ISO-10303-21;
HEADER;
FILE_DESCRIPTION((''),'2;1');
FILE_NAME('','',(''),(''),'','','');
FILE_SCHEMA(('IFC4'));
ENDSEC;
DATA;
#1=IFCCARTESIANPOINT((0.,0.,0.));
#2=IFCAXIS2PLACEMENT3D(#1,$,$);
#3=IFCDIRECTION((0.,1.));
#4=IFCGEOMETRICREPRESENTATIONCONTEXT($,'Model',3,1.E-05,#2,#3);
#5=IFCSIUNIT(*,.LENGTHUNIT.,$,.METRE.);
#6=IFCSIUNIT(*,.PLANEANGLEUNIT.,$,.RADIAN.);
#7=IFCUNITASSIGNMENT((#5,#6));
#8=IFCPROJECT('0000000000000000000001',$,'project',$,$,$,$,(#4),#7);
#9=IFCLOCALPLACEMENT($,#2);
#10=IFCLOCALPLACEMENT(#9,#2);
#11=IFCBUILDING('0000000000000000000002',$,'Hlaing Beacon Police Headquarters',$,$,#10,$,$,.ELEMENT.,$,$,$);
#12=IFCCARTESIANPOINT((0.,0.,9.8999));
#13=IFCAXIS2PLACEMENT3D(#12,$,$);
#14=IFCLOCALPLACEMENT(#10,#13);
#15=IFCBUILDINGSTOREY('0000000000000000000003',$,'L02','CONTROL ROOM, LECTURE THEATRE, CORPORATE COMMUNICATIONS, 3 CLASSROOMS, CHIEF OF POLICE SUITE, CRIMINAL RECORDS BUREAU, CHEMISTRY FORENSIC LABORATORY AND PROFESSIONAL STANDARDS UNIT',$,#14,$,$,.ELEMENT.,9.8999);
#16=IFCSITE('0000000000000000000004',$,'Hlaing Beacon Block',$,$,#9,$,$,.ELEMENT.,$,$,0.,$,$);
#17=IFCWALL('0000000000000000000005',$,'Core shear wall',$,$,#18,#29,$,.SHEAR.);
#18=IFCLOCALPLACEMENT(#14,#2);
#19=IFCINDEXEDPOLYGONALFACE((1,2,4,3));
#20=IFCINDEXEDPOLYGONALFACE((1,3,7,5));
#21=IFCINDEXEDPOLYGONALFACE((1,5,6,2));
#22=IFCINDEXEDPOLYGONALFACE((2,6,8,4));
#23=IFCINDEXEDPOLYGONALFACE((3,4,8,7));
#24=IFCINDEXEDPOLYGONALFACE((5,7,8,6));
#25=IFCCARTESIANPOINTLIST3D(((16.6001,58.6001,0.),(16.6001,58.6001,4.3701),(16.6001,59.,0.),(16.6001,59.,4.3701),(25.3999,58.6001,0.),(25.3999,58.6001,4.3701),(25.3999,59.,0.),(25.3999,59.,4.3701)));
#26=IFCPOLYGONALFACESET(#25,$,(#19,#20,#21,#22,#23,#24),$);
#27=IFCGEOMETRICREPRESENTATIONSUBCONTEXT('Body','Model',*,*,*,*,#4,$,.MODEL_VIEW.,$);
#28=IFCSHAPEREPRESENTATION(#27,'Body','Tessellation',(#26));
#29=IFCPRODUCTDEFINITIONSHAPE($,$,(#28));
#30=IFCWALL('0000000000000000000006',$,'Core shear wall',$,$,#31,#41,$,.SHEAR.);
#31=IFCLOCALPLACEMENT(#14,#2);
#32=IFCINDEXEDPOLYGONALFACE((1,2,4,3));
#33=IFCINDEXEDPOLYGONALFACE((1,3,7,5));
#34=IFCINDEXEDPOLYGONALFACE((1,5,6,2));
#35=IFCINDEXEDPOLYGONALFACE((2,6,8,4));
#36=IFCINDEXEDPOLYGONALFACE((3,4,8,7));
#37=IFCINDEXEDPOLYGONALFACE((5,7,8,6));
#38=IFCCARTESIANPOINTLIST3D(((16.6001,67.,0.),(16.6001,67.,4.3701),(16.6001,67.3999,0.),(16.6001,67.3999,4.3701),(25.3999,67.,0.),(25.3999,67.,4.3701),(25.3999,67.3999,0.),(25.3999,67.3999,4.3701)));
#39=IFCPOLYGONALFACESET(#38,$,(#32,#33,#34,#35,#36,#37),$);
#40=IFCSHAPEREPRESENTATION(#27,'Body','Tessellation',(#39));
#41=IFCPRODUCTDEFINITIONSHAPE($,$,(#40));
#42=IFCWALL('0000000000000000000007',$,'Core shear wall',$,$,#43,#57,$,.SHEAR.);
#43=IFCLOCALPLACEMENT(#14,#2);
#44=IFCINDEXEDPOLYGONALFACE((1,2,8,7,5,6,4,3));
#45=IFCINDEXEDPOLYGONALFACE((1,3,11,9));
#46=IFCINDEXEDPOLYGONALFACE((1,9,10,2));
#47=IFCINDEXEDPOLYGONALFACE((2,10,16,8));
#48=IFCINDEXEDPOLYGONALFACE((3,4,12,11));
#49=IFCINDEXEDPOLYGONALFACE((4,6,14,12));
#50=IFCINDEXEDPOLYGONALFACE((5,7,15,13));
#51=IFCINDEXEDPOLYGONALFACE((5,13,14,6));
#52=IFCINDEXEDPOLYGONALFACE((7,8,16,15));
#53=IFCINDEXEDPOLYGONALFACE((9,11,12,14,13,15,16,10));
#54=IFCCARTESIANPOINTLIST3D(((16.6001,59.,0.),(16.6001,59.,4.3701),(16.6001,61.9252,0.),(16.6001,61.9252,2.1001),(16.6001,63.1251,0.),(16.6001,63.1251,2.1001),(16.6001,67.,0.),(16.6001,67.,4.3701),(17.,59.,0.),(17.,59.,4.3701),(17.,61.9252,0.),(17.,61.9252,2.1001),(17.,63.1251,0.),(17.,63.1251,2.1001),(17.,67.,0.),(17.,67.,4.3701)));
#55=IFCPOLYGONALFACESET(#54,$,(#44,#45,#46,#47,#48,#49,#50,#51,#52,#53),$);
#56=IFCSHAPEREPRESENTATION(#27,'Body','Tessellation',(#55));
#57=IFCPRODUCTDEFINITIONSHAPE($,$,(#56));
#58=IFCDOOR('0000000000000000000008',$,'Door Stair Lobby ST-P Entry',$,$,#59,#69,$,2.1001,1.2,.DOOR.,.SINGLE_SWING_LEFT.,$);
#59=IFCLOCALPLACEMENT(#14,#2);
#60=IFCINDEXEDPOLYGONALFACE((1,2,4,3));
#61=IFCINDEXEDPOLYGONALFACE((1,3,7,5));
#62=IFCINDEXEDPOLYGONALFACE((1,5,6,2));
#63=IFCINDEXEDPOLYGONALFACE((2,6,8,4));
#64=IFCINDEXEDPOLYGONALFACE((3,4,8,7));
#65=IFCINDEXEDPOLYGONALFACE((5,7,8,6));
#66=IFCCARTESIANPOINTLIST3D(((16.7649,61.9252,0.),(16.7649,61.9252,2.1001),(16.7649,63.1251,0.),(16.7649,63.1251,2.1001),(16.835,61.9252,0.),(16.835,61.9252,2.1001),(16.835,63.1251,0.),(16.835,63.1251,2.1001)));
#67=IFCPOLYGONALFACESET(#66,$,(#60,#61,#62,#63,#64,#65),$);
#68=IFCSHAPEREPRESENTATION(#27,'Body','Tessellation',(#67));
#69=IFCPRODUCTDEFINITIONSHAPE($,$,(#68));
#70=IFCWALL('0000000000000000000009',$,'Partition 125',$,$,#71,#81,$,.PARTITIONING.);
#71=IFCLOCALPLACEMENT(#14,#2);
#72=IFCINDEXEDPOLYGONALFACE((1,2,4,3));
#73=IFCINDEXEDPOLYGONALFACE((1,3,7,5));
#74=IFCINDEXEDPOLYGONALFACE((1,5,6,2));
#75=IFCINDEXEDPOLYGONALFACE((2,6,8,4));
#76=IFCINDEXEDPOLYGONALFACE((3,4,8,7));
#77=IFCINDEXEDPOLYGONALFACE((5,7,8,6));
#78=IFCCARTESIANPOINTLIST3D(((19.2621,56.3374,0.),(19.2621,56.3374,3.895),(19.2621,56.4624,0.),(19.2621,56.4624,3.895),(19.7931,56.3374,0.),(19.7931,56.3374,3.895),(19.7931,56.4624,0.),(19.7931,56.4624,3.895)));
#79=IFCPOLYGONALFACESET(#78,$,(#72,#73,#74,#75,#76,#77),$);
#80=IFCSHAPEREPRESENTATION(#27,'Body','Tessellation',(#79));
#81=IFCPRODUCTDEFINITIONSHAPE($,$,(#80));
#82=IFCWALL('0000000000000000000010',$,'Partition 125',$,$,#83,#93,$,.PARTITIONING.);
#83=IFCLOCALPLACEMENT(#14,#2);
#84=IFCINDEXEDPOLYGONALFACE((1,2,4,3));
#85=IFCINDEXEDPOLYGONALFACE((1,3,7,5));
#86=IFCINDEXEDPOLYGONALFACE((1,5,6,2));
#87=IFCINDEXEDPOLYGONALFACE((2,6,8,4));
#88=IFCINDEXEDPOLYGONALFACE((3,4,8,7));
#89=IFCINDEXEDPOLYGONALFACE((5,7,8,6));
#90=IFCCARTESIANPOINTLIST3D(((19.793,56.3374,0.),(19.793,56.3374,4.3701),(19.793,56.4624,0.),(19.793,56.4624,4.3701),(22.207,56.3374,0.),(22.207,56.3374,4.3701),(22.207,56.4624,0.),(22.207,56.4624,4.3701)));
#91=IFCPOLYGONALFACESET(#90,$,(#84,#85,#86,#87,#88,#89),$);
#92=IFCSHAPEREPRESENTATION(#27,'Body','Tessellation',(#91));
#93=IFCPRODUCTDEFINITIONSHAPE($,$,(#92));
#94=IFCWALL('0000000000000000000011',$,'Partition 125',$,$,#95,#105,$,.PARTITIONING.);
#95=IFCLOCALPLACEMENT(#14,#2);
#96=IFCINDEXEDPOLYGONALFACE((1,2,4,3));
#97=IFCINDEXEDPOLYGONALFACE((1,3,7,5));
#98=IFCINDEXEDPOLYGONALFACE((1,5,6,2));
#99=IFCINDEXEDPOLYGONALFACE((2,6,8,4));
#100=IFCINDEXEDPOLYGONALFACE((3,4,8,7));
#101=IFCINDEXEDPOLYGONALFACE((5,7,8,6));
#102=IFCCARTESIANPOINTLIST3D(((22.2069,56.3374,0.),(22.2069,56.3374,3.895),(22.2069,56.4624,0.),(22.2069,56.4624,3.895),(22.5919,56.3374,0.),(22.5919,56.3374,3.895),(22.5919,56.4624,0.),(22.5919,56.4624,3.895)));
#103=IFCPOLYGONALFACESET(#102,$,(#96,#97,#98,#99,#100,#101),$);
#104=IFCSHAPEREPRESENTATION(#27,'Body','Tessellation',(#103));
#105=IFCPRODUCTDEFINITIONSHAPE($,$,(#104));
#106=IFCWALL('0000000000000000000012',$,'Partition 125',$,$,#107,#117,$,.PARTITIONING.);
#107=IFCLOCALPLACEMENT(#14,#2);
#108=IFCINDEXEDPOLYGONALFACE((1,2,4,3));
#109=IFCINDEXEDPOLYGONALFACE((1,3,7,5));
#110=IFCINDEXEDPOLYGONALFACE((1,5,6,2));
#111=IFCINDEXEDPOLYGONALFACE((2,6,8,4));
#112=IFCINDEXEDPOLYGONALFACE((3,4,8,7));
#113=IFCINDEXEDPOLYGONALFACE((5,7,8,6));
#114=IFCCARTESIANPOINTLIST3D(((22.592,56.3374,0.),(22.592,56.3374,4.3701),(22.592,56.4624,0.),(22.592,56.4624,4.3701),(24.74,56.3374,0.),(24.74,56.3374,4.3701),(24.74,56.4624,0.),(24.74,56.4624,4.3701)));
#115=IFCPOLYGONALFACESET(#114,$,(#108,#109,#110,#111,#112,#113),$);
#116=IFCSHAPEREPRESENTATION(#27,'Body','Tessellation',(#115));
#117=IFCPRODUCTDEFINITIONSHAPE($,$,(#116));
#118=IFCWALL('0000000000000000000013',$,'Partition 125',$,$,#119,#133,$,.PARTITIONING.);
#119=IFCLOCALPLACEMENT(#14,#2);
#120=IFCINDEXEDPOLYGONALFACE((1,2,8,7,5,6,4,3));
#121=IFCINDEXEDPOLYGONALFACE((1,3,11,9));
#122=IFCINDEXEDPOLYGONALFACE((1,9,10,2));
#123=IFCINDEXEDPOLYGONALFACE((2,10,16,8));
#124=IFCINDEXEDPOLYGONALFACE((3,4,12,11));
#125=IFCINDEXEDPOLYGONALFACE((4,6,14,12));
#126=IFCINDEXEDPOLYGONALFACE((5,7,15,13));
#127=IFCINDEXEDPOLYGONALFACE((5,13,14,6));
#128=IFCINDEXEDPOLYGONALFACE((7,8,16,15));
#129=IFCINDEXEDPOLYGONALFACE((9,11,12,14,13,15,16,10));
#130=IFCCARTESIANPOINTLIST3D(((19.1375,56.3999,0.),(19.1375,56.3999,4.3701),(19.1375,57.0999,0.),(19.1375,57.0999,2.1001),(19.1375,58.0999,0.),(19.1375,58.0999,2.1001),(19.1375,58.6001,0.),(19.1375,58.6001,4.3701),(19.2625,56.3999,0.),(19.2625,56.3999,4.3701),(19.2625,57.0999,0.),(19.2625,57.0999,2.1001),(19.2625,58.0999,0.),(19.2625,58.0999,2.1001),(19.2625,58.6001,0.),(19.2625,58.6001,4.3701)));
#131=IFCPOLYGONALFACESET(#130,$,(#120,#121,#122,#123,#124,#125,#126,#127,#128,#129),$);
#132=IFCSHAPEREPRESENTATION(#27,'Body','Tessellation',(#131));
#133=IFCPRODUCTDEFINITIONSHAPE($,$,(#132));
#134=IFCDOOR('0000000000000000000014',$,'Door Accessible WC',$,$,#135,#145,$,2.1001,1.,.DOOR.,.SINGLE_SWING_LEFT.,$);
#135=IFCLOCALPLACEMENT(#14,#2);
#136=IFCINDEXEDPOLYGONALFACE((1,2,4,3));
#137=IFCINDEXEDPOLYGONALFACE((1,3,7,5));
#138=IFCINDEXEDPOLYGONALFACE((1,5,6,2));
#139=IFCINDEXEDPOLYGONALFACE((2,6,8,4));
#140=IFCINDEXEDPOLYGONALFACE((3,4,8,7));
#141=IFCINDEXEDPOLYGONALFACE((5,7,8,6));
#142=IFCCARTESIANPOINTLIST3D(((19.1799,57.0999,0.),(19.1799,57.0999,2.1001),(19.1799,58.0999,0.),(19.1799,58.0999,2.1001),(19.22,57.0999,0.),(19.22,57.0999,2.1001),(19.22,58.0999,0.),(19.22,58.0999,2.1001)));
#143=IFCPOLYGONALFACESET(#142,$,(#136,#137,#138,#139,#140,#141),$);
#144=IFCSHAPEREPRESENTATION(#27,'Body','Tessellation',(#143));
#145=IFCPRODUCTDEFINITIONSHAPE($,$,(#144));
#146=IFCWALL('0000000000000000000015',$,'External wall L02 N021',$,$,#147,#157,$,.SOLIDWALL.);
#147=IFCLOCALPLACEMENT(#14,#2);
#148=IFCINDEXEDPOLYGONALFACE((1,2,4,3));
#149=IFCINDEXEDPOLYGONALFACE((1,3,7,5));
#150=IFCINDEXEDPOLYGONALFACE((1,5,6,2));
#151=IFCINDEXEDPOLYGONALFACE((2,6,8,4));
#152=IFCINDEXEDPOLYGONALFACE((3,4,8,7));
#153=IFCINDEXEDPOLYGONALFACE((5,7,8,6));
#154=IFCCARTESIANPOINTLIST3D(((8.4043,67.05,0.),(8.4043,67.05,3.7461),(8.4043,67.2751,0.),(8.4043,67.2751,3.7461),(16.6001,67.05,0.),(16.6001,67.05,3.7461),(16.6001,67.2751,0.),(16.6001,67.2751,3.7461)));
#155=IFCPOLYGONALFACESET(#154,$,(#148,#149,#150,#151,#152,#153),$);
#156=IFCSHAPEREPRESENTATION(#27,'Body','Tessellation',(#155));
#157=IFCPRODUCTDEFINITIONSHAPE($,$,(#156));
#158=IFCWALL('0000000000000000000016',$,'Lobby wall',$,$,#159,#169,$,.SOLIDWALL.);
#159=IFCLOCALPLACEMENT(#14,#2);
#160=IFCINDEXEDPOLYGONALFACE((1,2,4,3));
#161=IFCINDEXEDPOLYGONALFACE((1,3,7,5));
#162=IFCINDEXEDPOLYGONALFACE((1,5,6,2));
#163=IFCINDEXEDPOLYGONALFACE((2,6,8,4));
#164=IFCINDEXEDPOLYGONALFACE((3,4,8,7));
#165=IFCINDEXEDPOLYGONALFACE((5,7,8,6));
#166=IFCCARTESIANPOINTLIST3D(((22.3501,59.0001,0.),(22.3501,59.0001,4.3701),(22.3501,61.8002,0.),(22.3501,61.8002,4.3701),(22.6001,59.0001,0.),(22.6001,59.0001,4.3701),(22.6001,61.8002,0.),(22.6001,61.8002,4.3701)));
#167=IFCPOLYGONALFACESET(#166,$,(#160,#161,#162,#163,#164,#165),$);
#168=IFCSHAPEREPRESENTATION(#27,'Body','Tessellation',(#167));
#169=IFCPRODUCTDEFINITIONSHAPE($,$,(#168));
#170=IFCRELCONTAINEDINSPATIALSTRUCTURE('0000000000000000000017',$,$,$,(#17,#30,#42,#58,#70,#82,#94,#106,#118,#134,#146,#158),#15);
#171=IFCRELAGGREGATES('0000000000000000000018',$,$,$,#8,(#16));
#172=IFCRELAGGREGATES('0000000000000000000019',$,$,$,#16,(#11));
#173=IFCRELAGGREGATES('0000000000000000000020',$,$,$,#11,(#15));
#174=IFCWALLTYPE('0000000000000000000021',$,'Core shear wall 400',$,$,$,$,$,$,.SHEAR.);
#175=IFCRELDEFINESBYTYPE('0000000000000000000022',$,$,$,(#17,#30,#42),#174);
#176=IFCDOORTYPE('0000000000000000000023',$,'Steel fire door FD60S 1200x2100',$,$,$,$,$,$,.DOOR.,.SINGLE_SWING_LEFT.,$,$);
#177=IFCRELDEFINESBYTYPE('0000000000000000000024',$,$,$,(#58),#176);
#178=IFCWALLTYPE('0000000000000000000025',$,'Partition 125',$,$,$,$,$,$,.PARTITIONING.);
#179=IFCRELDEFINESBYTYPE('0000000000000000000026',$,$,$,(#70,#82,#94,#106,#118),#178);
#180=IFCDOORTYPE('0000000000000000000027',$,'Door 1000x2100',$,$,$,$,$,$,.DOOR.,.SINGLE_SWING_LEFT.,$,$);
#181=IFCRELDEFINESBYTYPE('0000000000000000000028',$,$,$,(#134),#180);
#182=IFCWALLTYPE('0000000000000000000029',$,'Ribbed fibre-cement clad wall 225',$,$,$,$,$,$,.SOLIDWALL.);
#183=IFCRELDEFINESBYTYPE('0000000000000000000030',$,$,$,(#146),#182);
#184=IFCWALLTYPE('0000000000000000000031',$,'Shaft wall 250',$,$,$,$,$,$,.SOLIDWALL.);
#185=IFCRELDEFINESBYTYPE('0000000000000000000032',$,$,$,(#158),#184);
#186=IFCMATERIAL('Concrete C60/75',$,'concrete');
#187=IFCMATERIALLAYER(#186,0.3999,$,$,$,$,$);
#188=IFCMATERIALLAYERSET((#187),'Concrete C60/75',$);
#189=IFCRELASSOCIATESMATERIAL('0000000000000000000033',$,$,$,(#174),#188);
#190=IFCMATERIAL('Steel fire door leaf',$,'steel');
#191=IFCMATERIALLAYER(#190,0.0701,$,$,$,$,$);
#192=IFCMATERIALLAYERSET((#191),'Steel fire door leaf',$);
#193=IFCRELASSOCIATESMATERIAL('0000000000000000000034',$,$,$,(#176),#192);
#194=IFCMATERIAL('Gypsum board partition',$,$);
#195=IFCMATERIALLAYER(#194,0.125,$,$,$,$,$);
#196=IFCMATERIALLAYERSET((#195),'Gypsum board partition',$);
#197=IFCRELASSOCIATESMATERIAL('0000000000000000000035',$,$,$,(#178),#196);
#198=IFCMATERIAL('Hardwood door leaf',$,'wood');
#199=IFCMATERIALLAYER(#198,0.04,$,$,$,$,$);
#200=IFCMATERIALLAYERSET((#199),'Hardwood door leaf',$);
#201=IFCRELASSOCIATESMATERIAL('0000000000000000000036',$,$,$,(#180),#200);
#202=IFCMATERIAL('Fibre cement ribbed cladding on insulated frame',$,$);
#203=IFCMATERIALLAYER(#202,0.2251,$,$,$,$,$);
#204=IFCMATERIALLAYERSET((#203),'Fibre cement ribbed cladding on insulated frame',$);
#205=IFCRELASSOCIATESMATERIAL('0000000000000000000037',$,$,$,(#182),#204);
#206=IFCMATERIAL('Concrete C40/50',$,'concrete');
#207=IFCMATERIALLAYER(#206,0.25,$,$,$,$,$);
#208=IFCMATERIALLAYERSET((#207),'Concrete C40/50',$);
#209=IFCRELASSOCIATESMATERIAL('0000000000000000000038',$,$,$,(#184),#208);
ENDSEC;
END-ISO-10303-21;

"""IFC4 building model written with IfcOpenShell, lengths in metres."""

from ifc_helpers import new_model, si_unit, direction, frame, frame_2d, origin, place, context, subcontext, project, spatial, rectangle, extrude, material, layer, layer_set, type_object, element, fill, save


model = new_model("IFC4")

# Units and contexts
model_context = context("Model", 3, precision=1e-05, world=origin(), true_north=direction((0.0, 1.0)))
body_context = subcontext(model_context, "Body", "Model", "MODEL_VIEW")
ifc_project = project(units=[si_unit("LENGTHUNIT", "METRE"), si_unit("PLANEANGLEUNIT", "RADIAN")], contexts=[model_context])

# Site, building, storey
site_placement = place(None, origin())
site = spatial("IfcSite", under=ifc_project, at=site_placement, Name="Hlaing Beacon Block", CompositionType="ELEMENT", RefElevation=0.0)
building_placement = place(site_placement, origin())
building = spatial("IfcBuilding", under=site, at=building_placement, Name="Hlaing Beacon Police Headquarters", CompositionType="ELEMENT")
storey_placement = place(building_placement, frame((0.0, 0.0, 9.8999)))
storey = spatial("IfcBuildingStorey", under=building, at=storey_placement, Name="L02", Description="CONTROL ROOM, LECTURE THEATRE, CORPORATE COMMUNICATIONS, 3 CLASSROOMS, CHIEF OF POLICE SUITE, CRIMINAL RECORDS BUREAU, CHEMISTRY FORENSIC LABORATORY AND PROFESSIONAL STANDARDS UNIT", CompositionType="ELEMENT", Elevation=9.8999)

# Walls
ifc_material_1 = material(Name="Concrete C60/75", Category="concrete")
ifc_layer_1 = layer(ifc_material_1, 0.3999)
ifc_layer_set_1 = layer_set([ifc_layer_1], Name="Concrete C60/75")
wall_type_1 = type_object("IfcWallType", Name="Core shear wall 400", PredefinedType="SHEAR", material=ifc_layer_set_1)
for number, where, z_axis, x_axis, name in (
    (1, (16.6001, 58.8, 0.0), (0.0, 0.0, 1.0), (1.0, 0.0, 0.0), "Core shear wall"),
    (2, (16.6001, 67.2, 0.0), (0.0, 0.0, 1.0), (1.0, 0.0, 0.0), "Core shear wall"),
):
    element("IfcWall", number, at=place(storey_placement, frame(where, z_axis=z_axis, x_axis=x_axis)), inside=storey, type_object=wall_type_1, Name=name, PredefinedType="SHEAR", context=body_context, shape_type="SweptSolid", body=[
        extrude(rectangle(XDim=8.7998, YDim=0.3999, at=frame_2d((4.3999, 0.0))), origin(), (0.0, 0.0, 1.0), 4.3701),
    ])

# Wall, opening, door
wall_1_placement = place(storey_placement, frame((16.8, 59.0, 0.0), z_axis=(0.0, 0.0, 1.0), x_axis=(0.0, 1.0, 0.0)))
wall_1 = element("IfcWall", 3, at=wall_1_placement, inside=storey, type_object=wall_type_1, Name="Core shear wall", PredefinedType="SHEAR", context=body_context, shape_type="SweptSolid", body=[
    extrude(rectangle(XDim=8.0, YDim=0.3999, at=frame_2d((4.0, 0.0))), origin(), (0.0, 0.0, 1.0), 4.3701),
])
opening_1_placement = place(wall_1_placement, frame((2.925, 0.0, 0.0)))
opening_1 = element("IfcOpeningElement", 4, at=opening_1_placement, cuts=wall_1, PredefinedType="OPENING", context=body_context, shape_type="SweptSolid", body=[
    extrude(rectangle(XDim=1.2, YDim=2.1001, at=frame_2d((0.6001, 1.05))), frame((0.0, 0.21, 0.0), z_axis=(0.0, -1.0, 0.0), x_axis=(1.0, 0.0, 0.0)), (0.0, 0.0, 1.0), 0.4199),
])
ifc_material_2 = material(Name="Steel fire door leaf", Category="steel")
ifc_layer_2 = layer(ifc_material_2, 0.0701)
ifc_layer_set_2 = layer_set([ifc_layer_2], Name="Steel fire door leaf")
door_type_1 = type_object("IfcDoorType", Name="Steel fire door FD60S 1200x2100", OperationType="SINGLE_SWING_LEFT", PredefinedType="DOOR", material=ifc_layer_set_2)
door_1_placement = place(opening_1_placement, frame((1.2, 0.0, 0.0), z_axis=(0.0, 0.0, 1.0), x_axis=(-1.0, 0.0, 0.0)))
door_1 = element("IfcDoor", 5, at=door_1_placement, inside=storey, type_object=door_type_1, Name="Door Stair Lobby ST-P Entry", OperationType="SINGLE_SWING_LEFT", OverallHeight=2.1001, OverallWidth=1.2, PredefinedType="DOOR", context=body_context, shape_type="SweptSolid", body=[
    extrude(rectangle(XDim=1.2, YDim=2.1001, at=frame_2d((0.5999, 1.05))), frame((0.0, 0.0349, 0.0), z_axis=(0.0, -1.0, 0.0), x_axis=(1.0, 0.0, 0.0)), (0.0, 0.0, 1.0), 0.0701),
])
fill(opening_1, door_1)

# Walls
ifc_material_3 = material(Name="Gypsum board partition")
ifc_layer_3 = layer(ifc_material_3, 0.125)
ifc_layer_set_3 = layer_set([ifc_layer_3], Name="Gypsum board partition")
wall_type_2 = type_object("IfcWallType", Name="Partition 125", PredefinedType="PARTITIONING", material=ifc_layer_set_3)
wall_2_placement = place(storey_placement, frame((19.262, 56.3999, 0.0), z_axis=(0.0, 0.0, 1.0), x_axis=(1.0, 0.0, 0.0)))
element("IfcWall", 6, at=wall_2_placement, inside=storey, type_object=wall_type_2, Name="Partition 125", PredefinedType="PARTITIONING", context=body_context, shape_type="SweptSolid", body=[
    extrude(rectangle(XDim=0.531, YDim=0.125, at=frame_2d((0.2656, 0.0))), origin(), (0.0, 0.0, 1.0), 3.895),
])
wall_3_placement = place(storey_placement, frame((19.793, 56.3999, 0.0), z_axis=(0.0, 0.0, 1.0), x_axis=(1.0, 0.0, 0.0)))
element("IfcWall", 7, at=wall_3_placement, inside=storey, type_object=wall_type_2, Name="Partition 125", PredefinedType="PARTITIONING", context=body_context, shape_type="SweptSolid", body=[
    extrude(rectangle(XDim=2.4141, YDim=0.125, at=frame_2d((1.207, 0.0))), origin(), (0.0, 0.0, 1.0), 4.3701),
])
wall_4_placement = place(storey_placement, frame((22.207, 56.3999, 0.0), z_axis=(0.0, 0.0, 1.0), x_axis=(1.0, 0.0, 0.0)))
element("IfcWall", 8, at=wall_4_placement, inside=storey, type_object=wall_type_2, Name="Partition 125", PredefinedType="PARTITIONING", context=body_context, shape_type="SweptSolid", body=[
    extrude(rectangle(XDim=0.385, YDim=0.125, at=frame_2d((0.1924, 0.0))), origin(), (0.0, 0.0, 1.0), 3.895),
])
wall_5_placement = place(storey_placement, frame((22.592, 56.3999, 0.0), z_axis=(0.0, 0.0, 1.0), x_axis=(1.0, 0.0, 0.0)))
element("IfcWall", 9, at=wall_5_placement, inside=storey, type_object=wall_type_2, Name="Partition 125", PredefinedType="PARTITIONING", context=body_context, shape_type="SweptSolid", body=[
    extrude(rectangle(XDim=2.1479, YDim=0.125, at=frame_2d((1.074, 0.0))), origin(), (0.0, 0.0, 1.0), 4.3701),
])

# Wall, opening, door
wall_6_placement = place(storey_placement, frame((19.2, 56.3999, 0.0), z_axis=(0.0, 0.0, 1.0), x_axis=(0.0, 1.0, 0.0)))
wall_6 = element("IfcWall", 10, at=wall_6_placement, inside=storey, type_object=wall_type_2, Name="Partition 125", PredefinedType="PARTITIONING", context=body_context, shape_type="SweptSolid", body=[
    extrude(rectangle(XDim=2.2002, YDim=0.125, at=frame_2d((1.1001, 0.0))), origin(), (0.0, 0.0, 1.0), 4.3701),
])
opening_2_placement = place(wall_6_placement, frame((0.7, 0.0, 0.0)))
opening_2 = element("IfcOpeningElement", 11, at=opening_2_placement, cuts=wall_6, PredefinedType="OPENING", context=body_context, shape_type="SweptSolid", body=[
    extrude(rectangle(XDim=1.0, YDim=2.1001, at=frame_2d((0.5, 1.05))), frame((0.0, 0.0725, 0.0), z_axis=(0.0, -1.0, 0.0), x_axis=(1.0, 0.0, 0.0)), (0.0, 0.0, 1.0), 0.145),
])
ifc_material_4 = material(Name="Hardwood door leaf", Category="wood")
ifc_layer_4 = layer(ifc_material_4, 0.04)
ifc_layer_set_4 = layer_set([ifc_layer_4], Name="Hardwood door leaf")
door_type_2 = type_object("IfcDoorType", Name="Door 1000x2100", OperationType="SINGLE_SWING_LEFT", PredefinedType="DOOR", material=ifc_layer_set_4)
door_2_placement = place(opening_2_placement, frame((1.0, 0.0, 0.0), z_axis=(0.0, 0.0, 1.0), x_axis=(-1.0, 0.0, 0.0)))
door_2 = element("IfcDoor", 12, at=door_2_placement, inside=storey, type_object=door_type_2, Name="Door Accessible WC", OperationType="SINGLE_SWING_LEFT", OverallHeight=2.1001, OverallWidth=1.0, PredefinedType="DOOR", context=body_context, shape_type="SweptSolid", body=[
    extrude(rectangle(XDim=1.0, YDim=2.1001, at=frame_2d((0.5, 1.05))), frame((0.0, 0.02, 0.0), z_axis=(0.0, -1.0, 0.0), x_axis=(1.0, 0.0, 0.0)), (0.0, 0.0, 1.0), 0.04),
])
fill(opening_2, door_2)

# Walls
ifc_material_5 = material(Name="Fibre cement ribbed cladding on insulated frame")
ifc_layer_5 = layer(ifc_material_5, 0.2251)
ifc_layer_set_5 = layer_set([ifc_layer_5], Name="Fibre cement ribbed cladding on insulated frame")
wall_type_3 = type_object("IfcWallType", Name="Ribbed fibre-cement clad wall 225", PredefinedType="SOLIDWALL", material=ifc_layer_set_5)
wall_7_placement = place(storey_placement, frame((16.6001, 67.1626, 0.0), z_axis=(0.0, 0.0, 1.0), x_axis=(-1.0, 0.0, 0.0)))
element("IfcWall", 13, at=wall_7_placement, inside=storey, type_object=wall_type_3, Name="External wall L02 N021", PredefinedType="SOLIDWALL", context=body_context, shape_type="SweptSolid", body=[
    extrude(rectangle(XDim=8.1958, YDim=0.2251, at=frame_2d((4.0979, 0.0))), origin(), (0.0, 0.0, 1.0), 3.7461),
])
ifc_material_6 = material(Name="Concrete C40/50", Category="concrete")
ifc_layer_6 = layer(ifc_material_6, 0.25)
ifc_layer_set_6 = layer_set([ifc_layer_6], Name="Concrete C40/50")
wall_type_4 = type_object("IfcWallType", Name="Shaft wall 250", PredefinedType="SOLIDWALL", material=ifc_layer_set_6)
wall_8_placement = place(storey_placement, frame((22.4751, 61.8, 0.0), z_axis=(0.0, 0.0, 1.0), x_axis=(0.0, -1.0, 0.0)))
element("IfcWall", 14, at=wall_8_placement, inside=storey, type_object=wall_type_4, Name="Lobby wall", PredefinedType="SOLIDWALL", context=body_context, shape_type="SweptSolid", body=[
    extrude(rectangle(XDim=2.8, YDim=0.25, at=frame_2d((1.3999, 0.0))), origin(), (0.0, 0.0, 1.0), 4.3701),
])

save(model, "model.ifc")
